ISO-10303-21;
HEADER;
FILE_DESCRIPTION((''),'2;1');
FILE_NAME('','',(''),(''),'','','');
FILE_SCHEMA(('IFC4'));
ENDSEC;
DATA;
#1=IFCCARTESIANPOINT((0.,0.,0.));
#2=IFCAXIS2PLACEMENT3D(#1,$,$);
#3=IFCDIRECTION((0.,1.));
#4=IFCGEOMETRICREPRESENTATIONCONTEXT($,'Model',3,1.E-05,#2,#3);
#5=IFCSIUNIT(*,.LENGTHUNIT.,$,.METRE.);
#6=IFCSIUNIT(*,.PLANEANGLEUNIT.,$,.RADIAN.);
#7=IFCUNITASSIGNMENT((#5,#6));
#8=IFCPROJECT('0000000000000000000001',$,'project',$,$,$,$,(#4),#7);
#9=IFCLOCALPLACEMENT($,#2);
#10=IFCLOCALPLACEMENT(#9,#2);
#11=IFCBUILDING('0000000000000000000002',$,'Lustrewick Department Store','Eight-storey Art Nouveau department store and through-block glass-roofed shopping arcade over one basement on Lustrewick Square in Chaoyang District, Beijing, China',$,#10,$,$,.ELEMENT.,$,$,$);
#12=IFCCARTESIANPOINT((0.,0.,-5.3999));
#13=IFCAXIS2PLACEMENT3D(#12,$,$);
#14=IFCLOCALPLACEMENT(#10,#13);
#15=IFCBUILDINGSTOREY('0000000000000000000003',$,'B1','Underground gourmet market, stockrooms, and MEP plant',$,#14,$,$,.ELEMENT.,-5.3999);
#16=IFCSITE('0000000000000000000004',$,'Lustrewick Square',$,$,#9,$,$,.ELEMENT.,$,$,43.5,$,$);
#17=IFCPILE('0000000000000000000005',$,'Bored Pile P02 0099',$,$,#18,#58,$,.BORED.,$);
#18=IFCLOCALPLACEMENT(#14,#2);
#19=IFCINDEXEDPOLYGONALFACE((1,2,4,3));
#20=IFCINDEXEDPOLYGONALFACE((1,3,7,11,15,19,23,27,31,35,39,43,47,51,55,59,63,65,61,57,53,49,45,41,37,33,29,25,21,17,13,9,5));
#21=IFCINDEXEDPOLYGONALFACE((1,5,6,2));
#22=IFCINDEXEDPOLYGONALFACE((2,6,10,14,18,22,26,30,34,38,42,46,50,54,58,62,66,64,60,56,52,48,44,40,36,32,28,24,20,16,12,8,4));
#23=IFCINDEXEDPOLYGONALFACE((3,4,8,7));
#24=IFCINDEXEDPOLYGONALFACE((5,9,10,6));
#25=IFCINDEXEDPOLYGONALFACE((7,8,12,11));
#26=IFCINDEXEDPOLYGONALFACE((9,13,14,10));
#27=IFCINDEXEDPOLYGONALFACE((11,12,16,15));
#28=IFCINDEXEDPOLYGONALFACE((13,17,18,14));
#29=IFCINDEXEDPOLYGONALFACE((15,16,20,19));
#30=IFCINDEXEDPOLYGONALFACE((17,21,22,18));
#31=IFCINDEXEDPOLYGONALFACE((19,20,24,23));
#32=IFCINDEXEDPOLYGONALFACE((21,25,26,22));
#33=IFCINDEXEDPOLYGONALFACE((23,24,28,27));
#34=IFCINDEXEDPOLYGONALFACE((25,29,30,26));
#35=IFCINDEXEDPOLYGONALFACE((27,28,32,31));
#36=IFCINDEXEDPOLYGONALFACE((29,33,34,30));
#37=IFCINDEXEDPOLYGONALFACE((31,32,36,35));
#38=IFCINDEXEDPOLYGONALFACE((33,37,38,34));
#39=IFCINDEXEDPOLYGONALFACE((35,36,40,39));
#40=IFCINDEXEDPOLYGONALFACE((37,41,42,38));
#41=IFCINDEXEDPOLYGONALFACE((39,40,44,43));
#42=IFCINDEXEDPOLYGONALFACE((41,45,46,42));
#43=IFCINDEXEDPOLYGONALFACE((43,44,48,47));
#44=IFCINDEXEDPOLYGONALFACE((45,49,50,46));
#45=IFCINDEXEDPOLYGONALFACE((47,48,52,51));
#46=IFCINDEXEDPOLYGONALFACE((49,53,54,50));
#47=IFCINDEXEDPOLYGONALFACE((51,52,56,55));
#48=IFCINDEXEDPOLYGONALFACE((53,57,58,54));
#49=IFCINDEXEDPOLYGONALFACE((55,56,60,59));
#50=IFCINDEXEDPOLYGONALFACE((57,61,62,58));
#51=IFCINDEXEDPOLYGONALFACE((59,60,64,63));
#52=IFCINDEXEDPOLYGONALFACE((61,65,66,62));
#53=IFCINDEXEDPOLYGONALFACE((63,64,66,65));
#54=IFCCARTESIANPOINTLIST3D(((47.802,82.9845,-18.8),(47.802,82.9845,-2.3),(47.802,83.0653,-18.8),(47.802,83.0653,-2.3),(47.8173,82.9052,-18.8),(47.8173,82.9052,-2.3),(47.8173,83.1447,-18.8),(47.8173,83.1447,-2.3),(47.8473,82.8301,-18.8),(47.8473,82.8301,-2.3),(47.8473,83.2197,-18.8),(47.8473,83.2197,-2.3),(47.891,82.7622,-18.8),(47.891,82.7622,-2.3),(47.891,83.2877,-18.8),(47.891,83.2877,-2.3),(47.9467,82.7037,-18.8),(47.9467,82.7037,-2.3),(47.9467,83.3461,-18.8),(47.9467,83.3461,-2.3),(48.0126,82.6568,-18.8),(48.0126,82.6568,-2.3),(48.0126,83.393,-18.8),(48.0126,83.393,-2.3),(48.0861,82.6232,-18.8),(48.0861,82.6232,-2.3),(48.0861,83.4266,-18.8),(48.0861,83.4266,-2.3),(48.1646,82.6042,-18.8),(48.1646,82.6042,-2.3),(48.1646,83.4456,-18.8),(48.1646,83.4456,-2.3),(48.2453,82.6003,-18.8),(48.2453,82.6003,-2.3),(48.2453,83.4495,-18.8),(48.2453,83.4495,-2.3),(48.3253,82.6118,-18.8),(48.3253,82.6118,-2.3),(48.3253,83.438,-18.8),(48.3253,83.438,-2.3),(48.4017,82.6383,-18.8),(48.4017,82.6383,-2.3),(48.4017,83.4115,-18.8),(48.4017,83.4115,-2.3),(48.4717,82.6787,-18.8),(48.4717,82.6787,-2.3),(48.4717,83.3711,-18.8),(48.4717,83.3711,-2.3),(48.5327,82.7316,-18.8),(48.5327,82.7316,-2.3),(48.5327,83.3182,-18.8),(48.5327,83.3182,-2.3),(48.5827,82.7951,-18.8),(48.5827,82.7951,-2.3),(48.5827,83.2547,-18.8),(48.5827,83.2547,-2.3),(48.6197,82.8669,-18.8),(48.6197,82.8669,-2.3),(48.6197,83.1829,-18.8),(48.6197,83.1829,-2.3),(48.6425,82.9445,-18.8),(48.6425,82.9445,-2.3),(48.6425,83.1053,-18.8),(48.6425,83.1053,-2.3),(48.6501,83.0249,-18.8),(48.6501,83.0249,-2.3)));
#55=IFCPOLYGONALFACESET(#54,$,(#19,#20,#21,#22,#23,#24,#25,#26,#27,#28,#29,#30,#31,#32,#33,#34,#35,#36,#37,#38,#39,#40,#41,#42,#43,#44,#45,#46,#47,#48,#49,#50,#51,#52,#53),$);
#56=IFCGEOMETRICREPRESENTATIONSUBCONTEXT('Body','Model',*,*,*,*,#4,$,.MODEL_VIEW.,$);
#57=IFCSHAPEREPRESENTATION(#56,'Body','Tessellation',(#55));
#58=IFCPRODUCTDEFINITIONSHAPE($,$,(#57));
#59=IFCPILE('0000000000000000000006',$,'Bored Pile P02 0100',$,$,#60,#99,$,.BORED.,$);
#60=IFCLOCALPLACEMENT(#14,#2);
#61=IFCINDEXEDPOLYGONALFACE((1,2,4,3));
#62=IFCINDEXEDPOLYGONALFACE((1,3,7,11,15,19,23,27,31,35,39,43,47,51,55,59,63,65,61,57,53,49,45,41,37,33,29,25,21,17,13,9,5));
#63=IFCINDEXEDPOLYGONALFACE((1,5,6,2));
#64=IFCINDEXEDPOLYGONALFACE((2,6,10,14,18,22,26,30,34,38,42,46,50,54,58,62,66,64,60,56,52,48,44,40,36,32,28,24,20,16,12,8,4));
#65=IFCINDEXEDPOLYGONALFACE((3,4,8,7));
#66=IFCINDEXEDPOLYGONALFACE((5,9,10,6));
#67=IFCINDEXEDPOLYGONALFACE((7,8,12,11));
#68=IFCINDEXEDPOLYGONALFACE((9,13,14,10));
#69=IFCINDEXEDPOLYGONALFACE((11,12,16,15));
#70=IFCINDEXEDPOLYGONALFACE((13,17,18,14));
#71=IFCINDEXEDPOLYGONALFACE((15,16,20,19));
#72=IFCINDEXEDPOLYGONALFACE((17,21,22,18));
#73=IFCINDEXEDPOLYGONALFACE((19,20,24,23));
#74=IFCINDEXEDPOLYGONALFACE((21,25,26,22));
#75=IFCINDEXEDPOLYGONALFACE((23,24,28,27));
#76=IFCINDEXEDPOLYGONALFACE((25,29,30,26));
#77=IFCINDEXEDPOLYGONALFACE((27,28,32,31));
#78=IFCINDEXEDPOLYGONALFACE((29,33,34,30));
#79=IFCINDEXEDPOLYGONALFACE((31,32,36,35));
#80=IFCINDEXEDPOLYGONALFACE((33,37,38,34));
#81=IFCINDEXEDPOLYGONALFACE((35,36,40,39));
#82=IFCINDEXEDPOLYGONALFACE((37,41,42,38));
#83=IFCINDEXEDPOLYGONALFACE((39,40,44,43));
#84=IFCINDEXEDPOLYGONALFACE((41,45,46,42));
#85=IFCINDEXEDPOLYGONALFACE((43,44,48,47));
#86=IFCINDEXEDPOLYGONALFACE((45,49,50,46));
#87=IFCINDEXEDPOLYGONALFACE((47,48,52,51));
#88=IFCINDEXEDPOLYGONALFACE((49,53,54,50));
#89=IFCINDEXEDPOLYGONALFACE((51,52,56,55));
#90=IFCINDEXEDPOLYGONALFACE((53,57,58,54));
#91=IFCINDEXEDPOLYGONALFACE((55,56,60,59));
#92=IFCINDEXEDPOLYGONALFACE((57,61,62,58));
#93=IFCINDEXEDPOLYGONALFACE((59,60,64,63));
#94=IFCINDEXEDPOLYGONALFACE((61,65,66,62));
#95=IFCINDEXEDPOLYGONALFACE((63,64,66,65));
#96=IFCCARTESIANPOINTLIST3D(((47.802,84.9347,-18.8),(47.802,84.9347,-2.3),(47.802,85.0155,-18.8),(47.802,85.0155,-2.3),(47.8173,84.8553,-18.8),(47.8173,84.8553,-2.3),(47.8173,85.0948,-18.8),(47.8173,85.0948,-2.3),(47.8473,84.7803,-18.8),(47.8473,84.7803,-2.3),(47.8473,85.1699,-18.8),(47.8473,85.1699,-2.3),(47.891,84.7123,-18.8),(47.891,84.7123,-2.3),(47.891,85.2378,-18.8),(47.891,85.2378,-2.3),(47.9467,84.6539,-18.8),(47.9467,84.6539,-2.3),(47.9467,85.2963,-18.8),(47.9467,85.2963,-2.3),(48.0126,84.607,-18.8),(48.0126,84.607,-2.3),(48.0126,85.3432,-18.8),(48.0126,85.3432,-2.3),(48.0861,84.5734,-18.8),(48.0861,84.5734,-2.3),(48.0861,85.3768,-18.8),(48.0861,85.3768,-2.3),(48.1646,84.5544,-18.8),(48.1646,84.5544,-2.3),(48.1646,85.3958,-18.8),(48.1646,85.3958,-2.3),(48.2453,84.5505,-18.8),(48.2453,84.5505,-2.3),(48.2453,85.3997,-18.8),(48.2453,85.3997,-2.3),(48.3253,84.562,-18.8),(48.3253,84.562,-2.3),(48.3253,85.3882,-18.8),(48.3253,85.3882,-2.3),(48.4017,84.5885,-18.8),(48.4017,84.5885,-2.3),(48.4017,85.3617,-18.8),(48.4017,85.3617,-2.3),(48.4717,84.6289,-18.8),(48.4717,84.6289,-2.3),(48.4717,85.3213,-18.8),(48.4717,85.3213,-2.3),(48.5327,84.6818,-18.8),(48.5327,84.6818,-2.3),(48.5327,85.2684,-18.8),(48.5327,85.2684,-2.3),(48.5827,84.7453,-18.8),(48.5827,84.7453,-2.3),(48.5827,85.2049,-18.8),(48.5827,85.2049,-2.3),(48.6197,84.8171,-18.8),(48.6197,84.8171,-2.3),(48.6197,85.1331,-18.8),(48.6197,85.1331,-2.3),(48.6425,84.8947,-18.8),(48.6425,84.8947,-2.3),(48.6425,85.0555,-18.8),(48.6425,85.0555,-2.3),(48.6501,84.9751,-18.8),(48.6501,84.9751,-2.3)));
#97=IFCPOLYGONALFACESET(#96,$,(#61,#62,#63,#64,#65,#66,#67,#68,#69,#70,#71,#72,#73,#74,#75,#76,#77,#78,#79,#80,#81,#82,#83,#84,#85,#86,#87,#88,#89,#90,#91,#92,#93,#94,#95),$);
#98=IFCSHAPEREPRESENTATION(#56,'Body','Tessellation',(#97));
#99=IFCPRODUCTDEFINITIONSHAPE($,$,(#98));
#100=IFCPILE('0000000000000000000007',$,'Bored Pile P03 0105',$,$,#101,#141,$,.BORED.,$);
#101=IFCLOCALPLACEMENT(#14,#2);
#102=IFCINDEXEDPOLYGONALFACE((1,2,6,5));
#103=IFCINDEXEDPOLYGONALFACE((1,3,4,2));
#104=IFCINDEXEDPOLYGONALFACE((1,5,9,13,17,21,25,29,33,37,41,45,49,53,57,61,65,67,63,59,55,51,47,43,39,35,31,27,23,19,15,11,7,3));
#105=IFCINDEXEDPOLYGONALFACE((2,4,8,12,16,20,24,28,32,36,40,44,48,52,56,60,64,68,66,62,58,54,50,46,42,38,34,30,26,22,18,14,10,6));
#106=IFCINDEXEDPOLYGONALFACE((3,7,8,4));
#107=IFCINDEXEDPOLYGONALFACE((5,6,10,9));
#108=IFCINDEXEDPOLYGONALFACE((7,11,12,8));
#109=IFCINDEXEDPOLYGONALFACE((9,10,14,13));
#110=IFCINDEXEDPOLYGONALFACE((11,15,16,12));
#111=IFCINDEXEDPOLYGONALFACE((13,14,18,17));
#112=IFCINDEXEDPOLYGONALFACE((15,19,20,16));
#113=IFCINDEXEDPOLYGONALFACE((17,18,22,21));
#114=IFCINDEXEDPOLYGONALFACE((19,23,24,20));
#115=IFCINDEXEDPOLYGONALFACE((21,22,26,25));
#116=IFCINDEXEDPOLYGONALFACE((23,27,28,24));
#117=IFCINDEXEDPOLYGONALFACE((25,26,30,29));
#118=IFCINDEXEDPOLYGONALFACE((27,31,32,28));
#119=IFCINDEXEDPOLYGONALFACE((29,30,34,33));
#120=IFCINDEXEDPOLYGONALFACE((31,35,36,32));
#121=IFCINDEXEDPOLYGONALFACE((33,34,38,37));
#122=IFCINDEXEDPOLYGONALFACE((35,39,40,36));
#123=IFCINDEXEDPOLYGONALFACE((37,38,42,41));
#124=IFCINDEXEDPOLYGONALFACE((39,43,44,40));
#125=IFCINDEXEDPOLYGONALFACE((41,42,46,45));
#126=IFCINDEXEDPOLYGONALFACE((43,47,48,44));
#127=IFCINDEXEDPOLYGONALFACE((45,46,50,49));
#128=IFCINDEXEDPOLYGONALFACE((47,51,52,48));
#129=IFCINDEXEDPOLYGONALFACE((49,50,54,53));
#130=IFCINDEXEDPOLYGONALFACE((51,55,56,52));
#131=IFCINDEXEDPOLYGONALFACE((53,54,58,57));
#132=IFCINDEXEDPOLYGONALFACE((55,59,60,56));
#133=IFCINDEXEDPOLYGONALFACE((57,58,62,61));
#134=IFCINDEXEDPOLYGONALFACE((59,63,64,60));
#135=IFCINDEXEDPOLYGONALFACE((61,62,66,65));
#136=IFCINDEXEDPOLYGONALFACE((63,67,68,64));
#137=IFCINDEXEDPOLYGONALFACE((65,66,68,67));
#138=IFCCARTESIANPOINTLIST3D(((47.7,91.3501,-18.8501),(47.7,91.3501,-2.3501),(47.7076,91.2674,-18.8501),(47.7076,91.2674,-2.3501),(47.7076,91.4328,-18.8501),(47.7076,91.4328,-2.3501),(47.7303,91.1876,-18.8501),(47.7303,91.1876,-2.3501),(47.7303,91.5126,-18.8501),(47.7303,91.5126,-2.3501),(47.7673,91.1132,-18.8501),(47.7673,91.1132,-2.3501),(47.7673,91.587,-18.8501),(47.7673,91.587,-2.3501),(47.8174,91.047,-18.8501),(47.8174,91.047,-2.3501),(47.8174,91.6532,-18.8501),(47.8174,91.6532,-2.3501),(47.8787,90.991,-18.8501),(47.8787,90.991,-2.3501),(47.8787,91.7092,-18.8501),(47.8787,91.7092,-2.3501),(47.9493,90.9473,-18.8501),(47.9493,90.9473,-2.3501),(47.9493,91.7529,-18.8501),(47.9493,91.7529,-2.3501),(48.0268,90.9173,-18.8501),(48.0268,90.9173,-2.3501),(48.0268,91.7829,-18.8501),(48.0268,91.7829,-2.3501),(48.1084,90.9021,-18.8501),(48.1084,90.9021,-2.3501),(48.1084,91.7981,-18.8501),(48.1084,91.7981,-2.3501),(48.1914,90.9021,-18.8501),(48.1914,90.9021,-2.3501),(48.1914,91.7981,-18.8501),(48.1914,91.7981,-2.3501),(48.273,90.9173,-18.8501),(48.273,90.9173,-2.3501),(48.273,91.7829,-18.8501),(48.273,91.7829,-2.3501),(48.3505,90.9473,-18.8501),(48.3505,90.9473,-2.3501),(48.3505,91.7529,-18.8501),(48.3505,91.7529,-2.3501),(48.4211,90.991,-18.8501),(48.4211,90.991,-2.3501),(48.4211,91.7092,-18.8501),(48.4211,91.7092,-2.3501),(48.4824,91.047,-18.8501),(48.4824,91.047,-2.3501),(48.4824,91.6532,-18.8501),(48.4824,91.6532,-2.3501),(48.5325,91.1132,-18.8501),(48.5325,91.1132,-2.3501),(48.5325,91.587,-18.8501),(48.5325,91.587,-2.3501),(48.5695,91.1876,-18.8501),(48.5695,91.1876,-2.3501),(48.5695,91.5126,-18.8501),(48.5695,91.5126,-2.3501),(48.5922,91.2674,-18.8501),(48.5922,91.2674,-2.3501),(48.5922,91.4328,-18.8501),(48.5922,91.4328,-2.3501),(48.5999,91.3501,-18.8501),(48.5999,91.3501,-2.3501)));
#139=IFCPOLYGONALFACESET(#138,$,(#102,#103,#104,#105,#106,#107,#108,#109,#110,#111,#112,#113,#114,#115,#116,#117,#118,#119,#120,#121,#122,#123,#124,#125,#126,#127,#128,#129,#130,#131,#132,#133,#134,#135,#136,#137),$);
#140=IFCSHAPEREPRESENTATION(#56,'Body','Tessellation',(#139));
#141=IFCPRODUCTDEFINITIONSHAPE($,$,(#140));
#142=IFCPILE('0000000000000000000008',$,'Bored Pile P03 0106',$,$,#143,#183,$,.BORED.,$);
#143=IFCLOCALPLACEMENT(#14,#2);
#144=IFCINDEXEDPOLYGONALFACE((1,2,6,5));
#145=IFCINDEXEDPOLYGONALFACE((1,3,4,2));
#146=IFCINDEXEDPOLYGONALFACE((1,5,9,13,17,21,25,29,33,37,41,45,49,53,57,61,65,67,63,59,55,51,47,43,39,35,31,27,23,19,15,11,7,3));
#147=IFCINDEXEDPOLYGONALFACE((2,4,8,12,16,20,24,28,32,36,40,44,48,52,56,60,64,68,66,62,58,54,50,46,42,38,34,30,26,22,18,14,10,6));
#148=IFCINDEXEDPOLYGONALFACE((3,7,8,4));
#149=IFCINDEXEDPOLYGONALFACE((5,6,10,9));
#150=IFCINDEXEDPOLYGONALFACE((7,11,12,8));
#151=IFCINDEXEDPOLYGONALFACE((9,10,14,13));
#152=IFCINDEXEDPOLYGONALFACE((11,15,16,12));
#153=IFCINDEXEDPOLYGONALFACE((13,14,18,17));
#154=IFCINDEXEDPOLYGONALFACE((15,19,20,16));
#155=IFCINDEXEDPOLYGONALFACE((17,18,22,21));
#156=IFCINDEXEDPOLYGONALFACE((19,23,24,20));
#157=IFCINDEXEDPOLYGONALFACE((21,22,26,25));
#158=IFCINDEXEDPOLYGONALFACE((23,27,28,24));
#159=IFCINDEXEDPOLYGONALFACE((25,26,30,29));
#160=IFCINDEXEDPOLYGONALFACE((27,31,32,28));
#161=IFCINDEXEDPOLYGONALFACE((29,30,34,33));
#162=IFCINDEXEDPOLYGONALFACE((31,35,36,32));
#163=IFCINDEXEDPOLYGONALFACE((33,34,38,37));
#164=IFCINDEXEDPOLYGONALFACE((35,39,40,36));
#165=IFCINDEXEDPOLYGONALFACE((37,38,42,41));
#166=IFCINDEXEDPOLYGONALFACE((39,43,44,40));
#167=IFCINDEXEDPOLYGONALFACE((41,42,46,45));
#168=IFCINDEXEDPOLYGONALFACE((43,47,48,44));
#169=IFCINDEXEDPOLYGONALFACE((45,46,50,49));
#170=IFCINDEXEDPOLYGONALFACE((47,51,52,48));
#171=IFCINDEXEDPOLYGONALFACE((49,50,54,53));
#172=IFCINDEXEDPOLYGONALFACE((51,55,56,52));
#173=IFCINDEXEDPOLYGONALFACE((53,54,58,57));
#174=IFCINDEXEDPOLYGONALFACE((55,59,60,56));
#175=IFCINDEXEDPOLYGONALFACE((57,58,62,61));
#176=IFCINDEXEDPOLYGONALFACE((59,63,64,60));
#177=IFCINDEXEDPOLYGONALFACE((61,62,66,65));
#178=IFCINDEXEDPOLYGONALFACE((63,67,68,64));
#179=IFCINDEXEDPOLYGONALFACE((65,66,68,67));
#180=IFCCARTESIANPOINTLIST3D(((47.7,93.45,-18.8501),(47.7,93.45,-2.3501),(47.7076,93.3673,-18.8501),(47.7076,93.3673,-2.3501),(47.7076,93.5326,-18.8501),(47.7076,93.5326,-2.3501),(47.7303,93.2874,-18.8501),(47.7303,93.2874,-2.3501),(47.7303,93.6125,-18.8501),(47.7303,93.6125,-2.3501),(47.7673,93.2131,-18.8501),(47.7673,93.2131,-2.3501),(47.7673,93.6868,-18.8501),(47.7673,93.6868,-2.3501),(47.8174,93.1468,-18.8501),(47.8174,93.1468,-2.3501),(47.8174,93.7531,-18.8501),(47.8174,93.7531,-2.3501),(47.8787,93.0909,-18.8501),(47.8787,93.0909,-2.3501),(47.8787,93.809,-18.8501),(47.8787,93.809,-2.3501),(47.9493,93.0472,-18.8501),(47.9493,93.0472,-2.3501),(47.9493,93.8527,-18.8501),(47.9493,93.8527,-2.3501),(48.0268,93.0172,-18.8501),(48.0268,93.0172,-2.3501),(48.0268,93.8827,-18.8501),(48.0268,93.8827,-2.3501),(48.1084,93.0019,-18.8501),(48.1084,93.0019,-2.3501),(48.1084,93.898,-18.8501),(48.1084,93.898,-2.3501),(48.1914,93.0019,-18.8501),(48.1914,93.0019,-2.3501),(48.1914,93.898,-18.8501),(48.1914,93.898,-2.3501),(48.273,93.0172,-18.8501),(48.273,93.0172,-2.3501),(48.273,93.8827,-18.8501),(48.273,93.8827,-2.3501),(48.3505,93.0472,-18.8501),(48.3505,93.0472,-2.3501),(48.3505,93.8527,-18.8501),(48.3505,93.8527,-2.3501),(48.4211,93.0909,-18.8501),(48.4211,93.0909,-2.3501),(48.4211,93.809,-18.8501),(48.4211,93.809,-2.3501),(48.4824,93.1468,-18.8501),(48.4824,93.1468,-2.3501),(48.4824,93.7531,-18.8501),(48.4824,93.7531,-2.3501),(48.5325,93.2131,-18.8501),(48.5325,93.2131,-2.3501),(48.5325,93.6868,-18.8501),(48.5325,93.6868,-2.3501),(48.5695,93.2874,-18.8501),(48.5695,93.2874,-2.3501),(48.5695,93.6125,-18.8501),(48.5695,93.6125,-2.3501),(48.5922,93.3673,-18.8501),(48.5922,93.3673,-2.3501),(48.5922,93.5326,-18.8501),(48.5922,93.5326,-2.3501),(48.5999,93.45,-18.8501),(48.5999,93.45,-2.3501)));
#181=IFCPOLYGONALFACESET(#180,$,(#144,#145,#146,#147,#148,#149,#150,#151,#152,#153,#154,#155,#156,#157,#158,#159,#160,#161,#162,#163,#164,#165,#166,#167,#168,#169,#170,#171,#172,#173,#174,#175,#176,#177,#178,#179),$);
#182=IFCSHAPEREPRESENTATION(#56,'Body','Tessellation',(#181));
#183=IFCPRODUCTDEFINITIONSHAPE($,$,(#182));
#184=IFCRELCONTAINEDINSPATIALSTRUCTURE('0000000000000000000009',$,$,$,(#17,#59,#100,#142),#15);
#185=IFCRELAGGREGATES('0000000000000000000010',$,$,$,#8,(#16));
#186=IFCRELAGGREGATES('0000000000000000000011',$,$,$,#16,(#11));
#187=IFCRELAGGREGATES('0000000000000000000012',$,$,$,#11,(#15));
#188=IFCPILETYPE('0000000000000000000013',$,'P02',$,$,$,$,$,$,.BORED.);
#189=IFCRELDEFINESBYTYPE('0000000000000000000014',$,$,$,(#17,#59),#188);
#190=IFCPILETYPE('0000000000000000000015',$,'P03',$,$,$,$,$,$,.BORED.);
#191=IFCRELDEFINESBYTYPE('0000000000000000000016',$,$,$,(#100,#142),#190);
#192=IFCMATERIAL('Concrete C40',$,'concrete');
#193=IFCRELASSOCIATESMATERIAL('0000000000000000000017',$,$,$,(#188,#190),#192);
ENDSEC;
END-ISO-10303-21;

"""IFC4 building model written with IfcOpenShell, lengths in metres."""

from ifc_helpers import new_model, si_unit, direction, frame, origin, origin_2d, place, context, subcontext, project, spatial, circle, extrude, material, material_profile, profile_set, type_object, element, save


model = new_model("IFC4")

# Units and contexts
model_context = context("Model", 3, precision=1e-05, world=origin(), true_north=direction((0.0, 1.0)))
body_context = subcontext(model_context, "Body", "Model", "MODEL_VIEW")
ifc_project = project(units=[si_unit("LENGTHUNIT", "METRE"), si_unit("PLANEANGLEUNIT", "RADIAN")], contexts=[model_context])

# Site, building, storey
site_placement = place(None, origin())
site = spatial("IfcSite", under=ifc_project, at=site_placement, Name="Lustrewick Square", CompositionType="ELEMENT", RefElevation=43.5)
building_placement = place(site_placement, origin())
building = spatial("IfcBuilding", under=site, at=building_placement, Name="Lustrewick Department Store", Description="Eight-storey Art Nouveau department store and through-block glass-roofed shopping arcade over one basement on Lustrewick Square in Chaoyang District, Beijing, China", CompositionType="ELEMENT")
storey_placement = place(building_placement, frame((0.0, 0.0, -5.3999)))
storey = spatial("IfcBuildingStorey", under=building, at=storey_placement, Name="B1", Description="Underground gourmet market, stockrooms, and MEP plant", CompositionType="ELEMENT", Elevation=-5.3999)

# Piles
ifc_material_1 = material(Name="Concrete C40", Category="concrete")
ifc_material_profile_1 = material_profile(ifc_material_1, circle(Radius=0.425, at=origin_2d()), Name="PILE D850")
ifc_profile_set_1 = profile_set([ifc_material_profile_1], Name="Concrete C40")
pile_type_1 = type_object("IfcPileType", Name="P02", PredefinedType="BORED", material=ifc_profile_set_1)
for number, where, z_axis, x_axis, name in (
    (1, (48.2251, 83.0249, -2.3), (0.0, 0.0, -1.0), (1.0, 0.0, 0.0), "Bored Pile P02 0099"),
    (2, (48.2251, 84.9751, -2.3), (0.0, 0.0, -1.0), (1.0, 0.0, 0.0), "Bored Pile P02 0100"),
):
    element("IfcPile", number, at=place(storey_placement, frame(where, z_axis=z_axis, x_axis=x_axis)), inside=storey, type_object=pile_type_1, Name=name, PredefinedType="BORED", context=body_context, shape_type="SweptSolid", body=[
        extrude(circle(Radius=0.425, at=origin_2d()), origin(), (0.0, 0.0, 1.0), 16.5),
    ])
ifc_material_profile_2 = material_profile(ifc_material_1, circle(Radius=0.45, at=origin_2d()), Name="PILE D900")
ifc_profile_set_2 = profile_set([ifc_material_profile_2], Name="Concrete C40")
pile_type_2 = type_object("IfcPileType", Name="P03", PredefinedType="BORED", material=ifc_profile_set_2)
for number, where, z_axis, x_axis, name in (
    (3, (48.1499, 91.3501, -2.3501), (0.0, 0.0, -1.0), (1.0, 0.0, 0.0), "Bored Pile P03 0105"),
    (4, (48.1499, 93.45, -2.3501), (0.0, 0.0, -1.0), (1.0, 0.0, 0.0), "Bored Pile P03 0106"),
):
    element("IfcPile", number, at=place(storey_placement, frame(where, z_axis=z_axis, x_axis=x_axis)), inside=storey, type_object=pile_type_2, Name=name, PredefinedType="BORED", context=body_context, shape_type="SweptSolid", body=[
        extrude(circle(Radius=0.45, at=origin_2d()), origin(), (0.0, 0.0, 1.0), 16.5),
    ])

save(model, "model.ifc")
